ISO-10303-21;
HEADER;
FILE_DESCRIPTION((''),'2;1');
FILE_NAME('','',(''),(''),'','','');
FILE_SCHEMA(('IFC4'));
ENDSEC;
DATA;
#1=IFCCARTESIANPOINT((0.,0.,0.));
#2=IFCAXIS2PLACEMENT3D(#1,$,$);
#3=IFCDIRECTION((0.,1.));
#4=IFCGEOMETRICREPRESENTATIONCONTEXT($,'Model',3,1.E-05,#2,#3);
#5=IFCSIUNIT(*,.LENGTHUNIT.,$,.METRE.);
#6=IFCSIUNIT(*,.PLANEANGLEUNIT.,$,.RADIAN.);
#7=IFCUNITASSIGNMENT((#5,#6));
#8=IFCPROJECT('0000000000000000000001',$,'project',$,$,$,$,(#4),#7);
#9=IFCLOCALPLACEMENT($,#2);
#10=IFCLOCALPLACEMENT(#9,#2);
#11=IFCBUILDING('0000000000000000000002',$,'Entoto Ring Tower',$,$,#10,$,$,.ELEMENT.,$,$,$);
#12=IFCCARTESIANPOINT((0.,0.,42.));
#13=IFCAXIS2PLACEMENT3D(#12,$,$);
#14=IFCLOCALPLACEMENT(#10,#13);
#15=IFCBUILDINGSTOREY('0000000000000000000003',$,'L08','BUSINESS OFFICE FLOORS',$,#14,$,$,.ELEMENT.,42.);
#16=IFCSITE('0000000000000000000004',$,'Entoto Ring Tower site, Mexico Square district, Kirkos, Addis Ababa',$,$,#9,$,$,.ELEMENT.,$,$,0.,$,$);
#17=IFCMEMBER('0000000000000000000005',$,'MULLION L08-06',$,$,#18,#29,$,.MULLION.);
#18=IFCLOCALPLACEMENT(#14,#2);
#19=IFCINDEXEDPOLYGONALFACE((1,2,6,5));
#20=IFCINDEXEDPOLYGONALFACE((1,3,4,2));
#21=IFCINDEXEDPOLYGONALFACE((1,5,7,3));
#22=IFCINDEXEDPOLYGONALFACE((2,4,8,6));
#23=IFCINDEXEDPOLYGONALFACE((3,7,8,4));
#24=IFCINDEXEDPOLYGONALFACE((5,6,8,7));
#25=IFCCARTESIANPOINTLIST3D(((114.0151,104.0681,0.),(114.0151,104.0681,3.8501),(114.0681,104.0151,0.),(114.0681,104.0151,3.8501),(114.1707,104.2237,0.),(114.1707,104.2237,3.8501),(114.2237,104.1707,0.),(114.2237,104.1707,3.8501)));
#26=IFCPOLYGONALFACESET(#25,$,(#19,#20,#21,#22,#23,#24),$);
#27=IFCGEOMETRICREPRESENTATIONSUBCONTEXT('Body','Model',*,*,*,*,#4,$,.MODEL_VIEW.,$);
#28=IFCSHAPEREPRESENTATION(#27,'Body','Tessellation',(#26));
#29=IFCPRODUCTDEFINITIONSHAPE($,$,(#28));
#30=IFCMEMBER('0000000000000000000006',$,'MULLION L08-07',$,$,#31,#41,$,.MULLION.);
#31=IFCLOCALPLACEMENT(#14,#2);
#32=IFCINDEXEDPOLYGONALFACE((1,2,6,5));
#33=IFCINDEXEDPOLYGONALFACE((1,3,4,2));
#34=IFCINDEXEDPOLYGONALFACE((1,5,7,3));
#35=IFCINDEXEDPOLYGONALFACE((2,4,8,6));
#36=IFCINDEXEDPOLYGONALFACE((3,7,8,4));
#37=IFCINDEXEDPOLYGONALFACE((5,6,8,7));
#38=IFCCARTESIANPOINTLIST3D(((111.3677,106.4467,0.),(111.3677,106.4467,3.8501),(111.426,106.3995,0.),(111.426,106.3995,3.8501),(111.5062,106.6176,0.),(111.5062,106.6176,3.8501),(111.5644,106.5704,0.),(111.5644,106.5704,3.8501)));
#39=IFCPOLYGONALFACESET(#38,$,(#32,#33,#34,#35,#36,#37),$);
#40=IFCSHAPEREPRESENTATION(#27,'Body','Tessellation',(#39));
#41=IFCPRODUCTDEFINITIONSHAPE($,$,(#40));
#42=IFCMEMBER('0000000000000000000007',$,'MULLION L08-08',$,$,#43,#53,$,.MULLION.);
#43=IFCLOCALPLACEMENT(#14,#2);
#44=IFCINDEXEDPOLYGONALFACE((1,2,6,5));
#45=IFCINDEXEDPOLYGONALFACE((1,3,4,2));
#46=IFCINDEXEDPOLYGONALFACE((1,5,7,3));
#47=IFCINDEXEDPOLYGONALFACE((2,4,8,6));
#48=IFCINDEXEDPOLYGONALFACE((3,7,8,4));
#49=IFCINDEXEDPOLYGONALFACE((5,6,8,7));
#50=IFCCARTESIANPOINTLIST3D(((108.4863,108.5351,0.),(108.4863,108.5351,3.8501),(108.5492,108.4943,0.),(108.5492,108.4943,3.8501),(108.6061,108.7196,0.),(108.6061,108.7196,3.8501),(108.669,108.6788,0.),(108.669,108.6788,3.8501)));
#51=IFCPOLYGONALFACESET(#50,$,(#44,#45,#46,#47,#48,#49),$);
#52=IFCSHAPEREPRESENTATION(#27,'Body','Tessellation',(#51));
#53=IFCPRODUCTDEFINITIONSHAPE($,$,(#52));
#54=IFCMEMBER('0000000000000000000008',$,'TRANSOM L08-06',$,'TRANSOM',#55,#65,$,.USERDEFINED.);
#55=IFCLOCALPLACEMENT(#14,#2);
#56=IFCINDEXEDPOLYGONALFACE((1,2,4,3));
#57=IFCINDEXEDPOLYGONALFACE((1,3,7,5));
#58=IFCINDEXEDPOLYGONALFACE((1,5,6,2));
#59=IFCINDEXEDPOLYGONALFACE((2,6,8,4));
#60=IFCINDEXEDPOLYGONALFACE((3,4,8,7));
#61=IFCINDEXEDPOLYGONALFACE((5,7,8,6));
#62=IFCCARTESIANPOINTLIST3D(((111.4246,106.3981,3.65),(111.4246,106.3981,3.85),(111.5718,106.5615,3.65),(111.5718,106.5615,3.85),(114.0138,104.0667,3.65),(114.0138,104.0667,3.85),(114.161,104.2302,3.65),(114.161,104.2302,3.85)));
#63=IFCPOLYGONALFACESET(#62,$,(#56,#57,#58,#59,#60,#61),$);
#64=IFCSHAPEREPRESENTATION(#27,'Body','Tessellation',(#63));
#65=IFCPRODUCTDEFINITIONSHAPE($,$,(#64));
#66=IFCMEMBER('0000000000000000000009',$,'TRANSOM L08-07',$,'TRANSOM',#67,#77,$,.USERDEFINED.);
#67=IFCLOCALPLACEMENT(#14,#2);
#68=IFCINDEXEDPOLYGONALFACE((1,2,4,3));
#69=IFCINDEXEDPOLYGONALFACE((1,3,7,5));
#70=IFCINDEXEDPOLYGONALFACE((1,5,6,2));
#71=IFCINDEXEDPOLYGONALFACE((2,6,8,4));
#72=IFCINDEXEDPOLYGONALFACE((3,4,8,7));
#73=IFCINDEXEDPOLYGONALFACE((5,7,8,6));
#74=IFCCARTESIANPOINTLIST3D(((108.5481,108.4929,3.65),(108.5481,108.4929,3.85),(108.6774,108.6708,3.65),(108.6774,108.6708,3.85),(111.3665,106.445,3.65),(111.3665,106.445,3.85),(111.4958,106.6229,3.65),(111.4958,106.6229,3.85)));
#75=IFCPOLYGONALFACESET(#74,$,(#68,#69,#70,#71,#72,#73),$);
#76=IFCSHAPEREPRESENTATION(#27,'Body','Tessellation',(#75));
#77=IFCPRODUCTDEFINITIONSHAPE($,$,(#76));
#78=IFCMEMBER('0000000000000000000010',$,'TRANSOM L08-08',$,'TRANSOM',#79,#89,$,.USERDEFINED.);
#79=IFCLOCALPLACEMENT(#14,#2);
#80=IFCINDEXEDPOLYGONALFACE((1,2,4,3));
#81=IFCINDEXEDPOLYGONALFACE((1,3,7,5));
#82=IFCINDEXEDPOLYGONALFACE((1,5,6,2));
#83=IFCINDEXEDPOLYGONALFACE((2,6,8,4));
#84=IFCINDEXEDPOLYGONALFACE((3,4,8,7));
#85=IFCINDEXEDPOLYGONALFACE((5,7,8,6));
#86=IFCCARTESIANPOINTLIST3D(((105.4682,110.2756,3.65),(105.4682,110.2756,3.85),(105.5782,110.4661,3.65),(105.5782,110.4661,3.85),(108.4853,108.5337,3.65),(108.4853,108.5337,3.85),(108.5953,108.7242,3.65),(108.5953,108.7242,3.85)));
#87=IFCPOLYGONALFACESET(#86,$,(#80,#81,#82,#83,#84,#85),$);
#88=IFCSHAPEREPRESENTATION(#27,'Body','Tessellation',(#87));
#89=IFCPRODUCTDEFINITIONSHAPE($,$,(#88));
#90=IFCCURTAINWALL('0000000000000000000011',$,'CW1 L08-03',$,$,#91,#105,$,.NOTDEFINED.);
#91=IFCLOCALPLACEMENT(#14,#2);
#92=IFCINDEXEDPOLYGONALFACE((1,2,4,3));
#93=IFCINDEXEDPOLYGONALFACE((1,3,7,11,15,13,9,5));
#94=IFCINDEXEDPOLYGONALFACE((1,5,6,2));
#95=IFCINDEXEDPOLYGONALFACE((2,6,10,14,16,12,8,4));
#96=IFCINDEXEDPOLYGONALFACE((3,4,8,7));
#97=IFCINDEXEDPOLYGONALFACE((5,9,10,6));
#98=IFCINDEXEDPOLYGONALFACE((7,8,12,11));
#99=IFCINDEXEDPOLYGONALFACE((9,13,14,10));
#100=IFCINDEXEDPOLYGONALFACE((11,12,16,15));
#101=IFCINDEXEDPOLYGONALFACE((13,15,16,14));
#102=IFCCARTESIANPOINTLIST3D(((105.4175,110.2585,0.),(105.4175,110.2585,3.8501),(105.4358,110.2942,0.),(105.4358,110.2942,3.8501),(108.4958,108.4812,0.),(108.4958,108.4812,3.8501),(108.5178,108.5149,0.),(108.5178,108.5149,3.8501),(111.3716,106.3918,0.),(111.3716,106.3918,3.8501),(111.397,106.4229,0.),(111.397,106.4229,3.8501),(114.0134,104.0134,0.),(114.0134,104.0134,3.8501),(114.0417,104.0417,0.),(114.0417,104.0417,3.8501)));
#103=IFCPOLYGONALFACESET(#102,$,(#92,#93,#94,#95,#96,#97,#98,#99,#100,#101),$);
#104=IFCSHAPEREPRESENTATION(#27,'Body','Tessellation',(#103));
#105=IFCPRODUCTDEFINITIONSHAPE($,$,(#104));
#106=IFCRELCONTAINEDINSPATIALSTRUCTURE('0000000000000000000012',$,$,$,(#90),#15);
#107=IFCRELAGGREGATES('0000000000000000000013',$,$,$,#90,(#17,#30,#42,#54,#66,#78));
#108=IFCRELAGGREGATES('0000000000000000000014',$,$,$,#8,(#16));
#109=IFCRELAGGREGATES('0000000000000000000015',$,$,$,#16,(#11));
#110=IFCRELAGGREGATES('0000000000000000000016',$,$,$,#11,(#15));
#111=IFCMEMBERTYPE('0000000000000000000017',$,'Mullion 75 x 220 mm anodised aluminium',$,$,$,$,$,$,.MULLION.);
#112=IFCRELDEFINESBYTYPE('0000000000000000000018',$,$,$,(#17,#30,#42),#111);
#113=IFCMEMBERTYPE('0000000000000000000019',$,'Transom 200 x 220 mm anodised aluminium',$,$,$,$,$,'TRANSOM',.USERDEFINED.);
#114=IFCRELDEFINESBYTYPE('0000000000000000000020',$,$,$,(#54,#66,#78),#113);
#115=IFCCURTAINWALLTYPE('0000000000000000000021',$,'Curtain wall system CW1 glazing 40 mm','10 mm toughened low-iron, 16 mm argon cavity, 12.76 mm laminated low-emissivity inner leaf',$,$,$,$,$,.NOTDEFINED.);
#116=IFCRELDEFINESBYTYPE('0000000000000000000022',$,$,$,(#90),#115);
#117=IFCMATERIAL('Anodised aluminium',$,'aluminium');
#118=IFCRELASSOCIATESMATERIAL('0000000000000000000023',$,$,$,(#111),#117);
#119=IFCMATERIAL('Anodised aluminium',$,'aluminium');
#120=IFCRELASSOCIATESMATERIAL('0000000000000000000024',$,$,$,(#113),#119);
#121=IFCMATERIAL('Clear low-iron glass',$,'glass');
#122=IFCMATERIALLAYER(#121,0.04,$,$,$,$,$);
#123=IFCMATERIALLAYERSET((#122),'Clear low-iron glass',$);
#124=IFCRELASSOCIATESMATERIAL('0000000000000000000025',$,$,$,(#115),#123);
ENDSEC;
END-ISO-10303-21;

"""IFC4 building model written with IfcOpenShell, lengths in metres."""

from ifc_helpers import new_model, si_unit, direction, frame, origin, origin_2d, place, context, subcontext, project, spatial, polyline, rectangle, outline, extrude, material, layer, layer_set, material_profile, profile_set, type_object, element, aggregate, save


model = new_model("IFC4")

# Units and contexts
model_context = context("Model", 3, precision=1e-05, world=origin(), true_north=direction((0.0, 1.0)))
body_context = subcontext(model_context, "Body", "Model", "MODEL_VIEW")
ifc_project = project(units=[si_unit("LENGTHUNIT", "METRE"), si_unit("PLANEANGLEUNIT", "RADIAN")], contexts=[model_context])

# Members
ifc_material_1 = material(Name="Anodised aluminium", Category="aluminium")
ifc_material_profile_1 = material_profile(ifc_material_1, rectangle(XDim=0.075, YDim=0.22, at=origin_2d()), Name="Mullion 75 x 220 mm anodised aluminium")
ifc_profile_set_1 = profile_set([ifc_material_profile_1], Name="Anodised aluminium")
member_type_1 = type_object("IfcMemberType", Name="Mullion 75 x 220 mm anodised aluminium", PredefinedType="MULLION", material=ifc_profile_set_1)
site_placement = place(None, origin())
building_placement = place(site_placement, origin())
storey_placement = place(building_placement, frame((0.0, 0.0, 42.0)))
member_1_placement = place(storey_placement, frame((114.1194, 104.1194, 0.0), z_axis=(0.0, 0.0, 1.0), x_axis=(-0.707107, 0.707107, 0.0)))
member_1 = element("IfcMember", 1, at=member_1_placement, type_object=member_type_1, Name="MULLION L08-06", PredefinedType="MULLION", context=body_context, shape_type="SweptSolid", body=[
    extrude(rectangle(XDim=0.075, YDim=0.22, at=origin_2d()), origin(), (0.0, 0.0, 1.0), 3.8501),
])
member_2_placement = place(storey_placement, frame((111.4661, 106.5085, 0.0), z_axis=(0.0, 0.0, 1.0), x_axis=(-0.777146, 0.62932, 0.0)))
member_2 = element("IfcMember", 2, at=member_2_placement, type_object=member_type_1, Name="MULLION L08-07", PredefinedType="MULLION", context=body_context, shape_type="SweptSolid", body=[
    extrude(rectangle(XDim=0.075, YDim=0.22, at=origin_2d()), origin(), (0.0, 0.0, 1.0), 3.8501),
])
member_3_placement = place(storey_placement, frame((108.5776, 108.6069, 0.0), z_axis=(0.0, 0.0, 1.0), x_axis=(-0.838671, 0.544639, 0.0)))
member_3 = element("IfcMember", 3, at=member_3_placement, type_object=member_type_1, Name="MULLION L08-08", PredefinedType="MULLION", context=body_context, shape_type="SweptSolid", body=[
    extrude(rectangle(XDim=0.075, YDim=0.22, at=origin_2d()), origin(), (0.0, 0.0, 1.0), 3.8501),
])
ifc_material_2 = material(Name="Anodised aluminium", Category="aluminium")
ifc_material_profile_2 = material_profile(ifc_material_2, rectangle(XDim=0.22, YDim=0.2, at=origin_2d()), Name="Transom 200 x 220 mm anodised aluminium")
ifc_profile_set_2 = profile_set([ifc_material_profile_2], Name="Anodised aluminium")
member_type_2 = type_object("IfcMemberType", Name="Transom 200 x 220 mm anodised aluminium", ElementType="TRANSOM", PredefinedType="USERDEFINED", material=ifc_profile_set_2)
member_4_placement = place(storey_placement, frame((114.0874, 104.1484, 3.75), z_axis=(-0.743137, 0.669139, 0.0), x_axis=(-0.669139, -0.743137, 0.0)))
member_4 = element("IfcMember", 4, at=member_4_placement, type_object=member_type_2, Name="TRANSOM L08-06", ObjectType="TRANSOM", PredefinedType="USERDEFINED", context=body_context, shape_type="SweptSolid", body=[
    extrude(rectangle(XDim=0.22, YDim=0.2, at=origin_2d()), origin(), (0.0, 0.0, 1.0), 3.4841),
])
member_5_placement = place(storey_placement, frame((111.4312, 106.5339, 3.75), z_axis=(-0.808991, 0.587822, 0.0), x_axis=(-0.587822, -0.808991, 0.0)))
member_5 = element("IfcMember", 5, at=member_5_placement, type_object=member_type_2, Name="TRANSOM L08-07", ObjectType="TRANSOM", PredefinedType="USERDEFINED", context=body_context, shape_type="SweptSolid", body=[
    extrude(rectangle(XDim=0.22, YDim=0.2, at=origin_2d()), origin(), (0.0, 0.0, 1.0), 3.4839),
])
member_6_placement = place(storey_placement, frame((108.5403, 108.6289, 3.75), z_axis=(-0.866022, 0.500006, 0.0), x_axis=(-0.500006, -0.866022, 0.0)))
member_6 = element("IfcMember", 6, at=member_6_placement, type_object=member_type_2, Name="TRANSOM L08-08", ObjectType="TRANSOM", PredefinedType="USERDEFINED", context=body_context, shape_type="SweptSolid", body=[
    extrude(rectangle(XDim=0.22, YDim=0.2, at=origin_2d()), origin(), (0.0, 0.0, 1.0), 3.4839),
])

# Site, building, storey
site = spatial("IfcSite", under=ifc_project, at=site_placement, Name="Entoto Ring Tower site, Mexico Square district, Kirkos, Addis Ababa", CompositionType="ELEMENT", RefElevation=0.0)
building = spatial("IfcBuilding", under=site, at=building_placement, Name="Entoto Ring Tower", CompositionType="ELEMENT")
storey = spatial("IfcBuildingStorey", under=building, at=storey_placement, Name="L08", Description="BUSINESS OFFICE FLOORS", CompositionType="ELEMENT", Elevation=42.0)

# Curtain wall
ifc_material_3 = material(Name="Clear low-iron glass", Category="glass")
ifc_layer_1 = layer(ifc_material_3, 0.04)
ifc_layer_set_1 = layer_set([ifc_layer_1], Name="Clear low-iron glass")
curtain_wall_type = type_object("IfcCurtainWallType", Name="Curtain wall system CW1 glazing 40 mm", Description="10 mm toughened low-iron, 16 mm argon cavity, 12.76 mm laminated low-emissivity inner leaf", PredefinedType="NOTDEFINED", material=ifc_layer_set_1)
curtain_wall_1_placement = place(storey_placement, origin())
curtain_wall_1 = element("IfcCurtainWall", 7, at=curtain_wall_1_placement, inside=storey, type_object=curtain_wall_type, Name="CW1 L08-03", PredefinedType="NOTDEFINED", context=body_context, shape_type="SweptSolid", body=[
    extrude(outline(polyline([(114.0417, 104.0417), (111.397, 106.4229), (108.5178, 108.5149), (105.4358, 110.2942), (105.4175, 110.2585), (108.4958, 108.4812), (111.3716, 106.3918), (114.0134, 104.0134), (114.0417, 104.0417)])), origin(), (0.0, 0.0, 1.0), 3.8501),
])
aggregate(curtain_wall_1, [member_1, member_2, member_3, member_4, member_5, member_6])

save(model, "model.ifc")
